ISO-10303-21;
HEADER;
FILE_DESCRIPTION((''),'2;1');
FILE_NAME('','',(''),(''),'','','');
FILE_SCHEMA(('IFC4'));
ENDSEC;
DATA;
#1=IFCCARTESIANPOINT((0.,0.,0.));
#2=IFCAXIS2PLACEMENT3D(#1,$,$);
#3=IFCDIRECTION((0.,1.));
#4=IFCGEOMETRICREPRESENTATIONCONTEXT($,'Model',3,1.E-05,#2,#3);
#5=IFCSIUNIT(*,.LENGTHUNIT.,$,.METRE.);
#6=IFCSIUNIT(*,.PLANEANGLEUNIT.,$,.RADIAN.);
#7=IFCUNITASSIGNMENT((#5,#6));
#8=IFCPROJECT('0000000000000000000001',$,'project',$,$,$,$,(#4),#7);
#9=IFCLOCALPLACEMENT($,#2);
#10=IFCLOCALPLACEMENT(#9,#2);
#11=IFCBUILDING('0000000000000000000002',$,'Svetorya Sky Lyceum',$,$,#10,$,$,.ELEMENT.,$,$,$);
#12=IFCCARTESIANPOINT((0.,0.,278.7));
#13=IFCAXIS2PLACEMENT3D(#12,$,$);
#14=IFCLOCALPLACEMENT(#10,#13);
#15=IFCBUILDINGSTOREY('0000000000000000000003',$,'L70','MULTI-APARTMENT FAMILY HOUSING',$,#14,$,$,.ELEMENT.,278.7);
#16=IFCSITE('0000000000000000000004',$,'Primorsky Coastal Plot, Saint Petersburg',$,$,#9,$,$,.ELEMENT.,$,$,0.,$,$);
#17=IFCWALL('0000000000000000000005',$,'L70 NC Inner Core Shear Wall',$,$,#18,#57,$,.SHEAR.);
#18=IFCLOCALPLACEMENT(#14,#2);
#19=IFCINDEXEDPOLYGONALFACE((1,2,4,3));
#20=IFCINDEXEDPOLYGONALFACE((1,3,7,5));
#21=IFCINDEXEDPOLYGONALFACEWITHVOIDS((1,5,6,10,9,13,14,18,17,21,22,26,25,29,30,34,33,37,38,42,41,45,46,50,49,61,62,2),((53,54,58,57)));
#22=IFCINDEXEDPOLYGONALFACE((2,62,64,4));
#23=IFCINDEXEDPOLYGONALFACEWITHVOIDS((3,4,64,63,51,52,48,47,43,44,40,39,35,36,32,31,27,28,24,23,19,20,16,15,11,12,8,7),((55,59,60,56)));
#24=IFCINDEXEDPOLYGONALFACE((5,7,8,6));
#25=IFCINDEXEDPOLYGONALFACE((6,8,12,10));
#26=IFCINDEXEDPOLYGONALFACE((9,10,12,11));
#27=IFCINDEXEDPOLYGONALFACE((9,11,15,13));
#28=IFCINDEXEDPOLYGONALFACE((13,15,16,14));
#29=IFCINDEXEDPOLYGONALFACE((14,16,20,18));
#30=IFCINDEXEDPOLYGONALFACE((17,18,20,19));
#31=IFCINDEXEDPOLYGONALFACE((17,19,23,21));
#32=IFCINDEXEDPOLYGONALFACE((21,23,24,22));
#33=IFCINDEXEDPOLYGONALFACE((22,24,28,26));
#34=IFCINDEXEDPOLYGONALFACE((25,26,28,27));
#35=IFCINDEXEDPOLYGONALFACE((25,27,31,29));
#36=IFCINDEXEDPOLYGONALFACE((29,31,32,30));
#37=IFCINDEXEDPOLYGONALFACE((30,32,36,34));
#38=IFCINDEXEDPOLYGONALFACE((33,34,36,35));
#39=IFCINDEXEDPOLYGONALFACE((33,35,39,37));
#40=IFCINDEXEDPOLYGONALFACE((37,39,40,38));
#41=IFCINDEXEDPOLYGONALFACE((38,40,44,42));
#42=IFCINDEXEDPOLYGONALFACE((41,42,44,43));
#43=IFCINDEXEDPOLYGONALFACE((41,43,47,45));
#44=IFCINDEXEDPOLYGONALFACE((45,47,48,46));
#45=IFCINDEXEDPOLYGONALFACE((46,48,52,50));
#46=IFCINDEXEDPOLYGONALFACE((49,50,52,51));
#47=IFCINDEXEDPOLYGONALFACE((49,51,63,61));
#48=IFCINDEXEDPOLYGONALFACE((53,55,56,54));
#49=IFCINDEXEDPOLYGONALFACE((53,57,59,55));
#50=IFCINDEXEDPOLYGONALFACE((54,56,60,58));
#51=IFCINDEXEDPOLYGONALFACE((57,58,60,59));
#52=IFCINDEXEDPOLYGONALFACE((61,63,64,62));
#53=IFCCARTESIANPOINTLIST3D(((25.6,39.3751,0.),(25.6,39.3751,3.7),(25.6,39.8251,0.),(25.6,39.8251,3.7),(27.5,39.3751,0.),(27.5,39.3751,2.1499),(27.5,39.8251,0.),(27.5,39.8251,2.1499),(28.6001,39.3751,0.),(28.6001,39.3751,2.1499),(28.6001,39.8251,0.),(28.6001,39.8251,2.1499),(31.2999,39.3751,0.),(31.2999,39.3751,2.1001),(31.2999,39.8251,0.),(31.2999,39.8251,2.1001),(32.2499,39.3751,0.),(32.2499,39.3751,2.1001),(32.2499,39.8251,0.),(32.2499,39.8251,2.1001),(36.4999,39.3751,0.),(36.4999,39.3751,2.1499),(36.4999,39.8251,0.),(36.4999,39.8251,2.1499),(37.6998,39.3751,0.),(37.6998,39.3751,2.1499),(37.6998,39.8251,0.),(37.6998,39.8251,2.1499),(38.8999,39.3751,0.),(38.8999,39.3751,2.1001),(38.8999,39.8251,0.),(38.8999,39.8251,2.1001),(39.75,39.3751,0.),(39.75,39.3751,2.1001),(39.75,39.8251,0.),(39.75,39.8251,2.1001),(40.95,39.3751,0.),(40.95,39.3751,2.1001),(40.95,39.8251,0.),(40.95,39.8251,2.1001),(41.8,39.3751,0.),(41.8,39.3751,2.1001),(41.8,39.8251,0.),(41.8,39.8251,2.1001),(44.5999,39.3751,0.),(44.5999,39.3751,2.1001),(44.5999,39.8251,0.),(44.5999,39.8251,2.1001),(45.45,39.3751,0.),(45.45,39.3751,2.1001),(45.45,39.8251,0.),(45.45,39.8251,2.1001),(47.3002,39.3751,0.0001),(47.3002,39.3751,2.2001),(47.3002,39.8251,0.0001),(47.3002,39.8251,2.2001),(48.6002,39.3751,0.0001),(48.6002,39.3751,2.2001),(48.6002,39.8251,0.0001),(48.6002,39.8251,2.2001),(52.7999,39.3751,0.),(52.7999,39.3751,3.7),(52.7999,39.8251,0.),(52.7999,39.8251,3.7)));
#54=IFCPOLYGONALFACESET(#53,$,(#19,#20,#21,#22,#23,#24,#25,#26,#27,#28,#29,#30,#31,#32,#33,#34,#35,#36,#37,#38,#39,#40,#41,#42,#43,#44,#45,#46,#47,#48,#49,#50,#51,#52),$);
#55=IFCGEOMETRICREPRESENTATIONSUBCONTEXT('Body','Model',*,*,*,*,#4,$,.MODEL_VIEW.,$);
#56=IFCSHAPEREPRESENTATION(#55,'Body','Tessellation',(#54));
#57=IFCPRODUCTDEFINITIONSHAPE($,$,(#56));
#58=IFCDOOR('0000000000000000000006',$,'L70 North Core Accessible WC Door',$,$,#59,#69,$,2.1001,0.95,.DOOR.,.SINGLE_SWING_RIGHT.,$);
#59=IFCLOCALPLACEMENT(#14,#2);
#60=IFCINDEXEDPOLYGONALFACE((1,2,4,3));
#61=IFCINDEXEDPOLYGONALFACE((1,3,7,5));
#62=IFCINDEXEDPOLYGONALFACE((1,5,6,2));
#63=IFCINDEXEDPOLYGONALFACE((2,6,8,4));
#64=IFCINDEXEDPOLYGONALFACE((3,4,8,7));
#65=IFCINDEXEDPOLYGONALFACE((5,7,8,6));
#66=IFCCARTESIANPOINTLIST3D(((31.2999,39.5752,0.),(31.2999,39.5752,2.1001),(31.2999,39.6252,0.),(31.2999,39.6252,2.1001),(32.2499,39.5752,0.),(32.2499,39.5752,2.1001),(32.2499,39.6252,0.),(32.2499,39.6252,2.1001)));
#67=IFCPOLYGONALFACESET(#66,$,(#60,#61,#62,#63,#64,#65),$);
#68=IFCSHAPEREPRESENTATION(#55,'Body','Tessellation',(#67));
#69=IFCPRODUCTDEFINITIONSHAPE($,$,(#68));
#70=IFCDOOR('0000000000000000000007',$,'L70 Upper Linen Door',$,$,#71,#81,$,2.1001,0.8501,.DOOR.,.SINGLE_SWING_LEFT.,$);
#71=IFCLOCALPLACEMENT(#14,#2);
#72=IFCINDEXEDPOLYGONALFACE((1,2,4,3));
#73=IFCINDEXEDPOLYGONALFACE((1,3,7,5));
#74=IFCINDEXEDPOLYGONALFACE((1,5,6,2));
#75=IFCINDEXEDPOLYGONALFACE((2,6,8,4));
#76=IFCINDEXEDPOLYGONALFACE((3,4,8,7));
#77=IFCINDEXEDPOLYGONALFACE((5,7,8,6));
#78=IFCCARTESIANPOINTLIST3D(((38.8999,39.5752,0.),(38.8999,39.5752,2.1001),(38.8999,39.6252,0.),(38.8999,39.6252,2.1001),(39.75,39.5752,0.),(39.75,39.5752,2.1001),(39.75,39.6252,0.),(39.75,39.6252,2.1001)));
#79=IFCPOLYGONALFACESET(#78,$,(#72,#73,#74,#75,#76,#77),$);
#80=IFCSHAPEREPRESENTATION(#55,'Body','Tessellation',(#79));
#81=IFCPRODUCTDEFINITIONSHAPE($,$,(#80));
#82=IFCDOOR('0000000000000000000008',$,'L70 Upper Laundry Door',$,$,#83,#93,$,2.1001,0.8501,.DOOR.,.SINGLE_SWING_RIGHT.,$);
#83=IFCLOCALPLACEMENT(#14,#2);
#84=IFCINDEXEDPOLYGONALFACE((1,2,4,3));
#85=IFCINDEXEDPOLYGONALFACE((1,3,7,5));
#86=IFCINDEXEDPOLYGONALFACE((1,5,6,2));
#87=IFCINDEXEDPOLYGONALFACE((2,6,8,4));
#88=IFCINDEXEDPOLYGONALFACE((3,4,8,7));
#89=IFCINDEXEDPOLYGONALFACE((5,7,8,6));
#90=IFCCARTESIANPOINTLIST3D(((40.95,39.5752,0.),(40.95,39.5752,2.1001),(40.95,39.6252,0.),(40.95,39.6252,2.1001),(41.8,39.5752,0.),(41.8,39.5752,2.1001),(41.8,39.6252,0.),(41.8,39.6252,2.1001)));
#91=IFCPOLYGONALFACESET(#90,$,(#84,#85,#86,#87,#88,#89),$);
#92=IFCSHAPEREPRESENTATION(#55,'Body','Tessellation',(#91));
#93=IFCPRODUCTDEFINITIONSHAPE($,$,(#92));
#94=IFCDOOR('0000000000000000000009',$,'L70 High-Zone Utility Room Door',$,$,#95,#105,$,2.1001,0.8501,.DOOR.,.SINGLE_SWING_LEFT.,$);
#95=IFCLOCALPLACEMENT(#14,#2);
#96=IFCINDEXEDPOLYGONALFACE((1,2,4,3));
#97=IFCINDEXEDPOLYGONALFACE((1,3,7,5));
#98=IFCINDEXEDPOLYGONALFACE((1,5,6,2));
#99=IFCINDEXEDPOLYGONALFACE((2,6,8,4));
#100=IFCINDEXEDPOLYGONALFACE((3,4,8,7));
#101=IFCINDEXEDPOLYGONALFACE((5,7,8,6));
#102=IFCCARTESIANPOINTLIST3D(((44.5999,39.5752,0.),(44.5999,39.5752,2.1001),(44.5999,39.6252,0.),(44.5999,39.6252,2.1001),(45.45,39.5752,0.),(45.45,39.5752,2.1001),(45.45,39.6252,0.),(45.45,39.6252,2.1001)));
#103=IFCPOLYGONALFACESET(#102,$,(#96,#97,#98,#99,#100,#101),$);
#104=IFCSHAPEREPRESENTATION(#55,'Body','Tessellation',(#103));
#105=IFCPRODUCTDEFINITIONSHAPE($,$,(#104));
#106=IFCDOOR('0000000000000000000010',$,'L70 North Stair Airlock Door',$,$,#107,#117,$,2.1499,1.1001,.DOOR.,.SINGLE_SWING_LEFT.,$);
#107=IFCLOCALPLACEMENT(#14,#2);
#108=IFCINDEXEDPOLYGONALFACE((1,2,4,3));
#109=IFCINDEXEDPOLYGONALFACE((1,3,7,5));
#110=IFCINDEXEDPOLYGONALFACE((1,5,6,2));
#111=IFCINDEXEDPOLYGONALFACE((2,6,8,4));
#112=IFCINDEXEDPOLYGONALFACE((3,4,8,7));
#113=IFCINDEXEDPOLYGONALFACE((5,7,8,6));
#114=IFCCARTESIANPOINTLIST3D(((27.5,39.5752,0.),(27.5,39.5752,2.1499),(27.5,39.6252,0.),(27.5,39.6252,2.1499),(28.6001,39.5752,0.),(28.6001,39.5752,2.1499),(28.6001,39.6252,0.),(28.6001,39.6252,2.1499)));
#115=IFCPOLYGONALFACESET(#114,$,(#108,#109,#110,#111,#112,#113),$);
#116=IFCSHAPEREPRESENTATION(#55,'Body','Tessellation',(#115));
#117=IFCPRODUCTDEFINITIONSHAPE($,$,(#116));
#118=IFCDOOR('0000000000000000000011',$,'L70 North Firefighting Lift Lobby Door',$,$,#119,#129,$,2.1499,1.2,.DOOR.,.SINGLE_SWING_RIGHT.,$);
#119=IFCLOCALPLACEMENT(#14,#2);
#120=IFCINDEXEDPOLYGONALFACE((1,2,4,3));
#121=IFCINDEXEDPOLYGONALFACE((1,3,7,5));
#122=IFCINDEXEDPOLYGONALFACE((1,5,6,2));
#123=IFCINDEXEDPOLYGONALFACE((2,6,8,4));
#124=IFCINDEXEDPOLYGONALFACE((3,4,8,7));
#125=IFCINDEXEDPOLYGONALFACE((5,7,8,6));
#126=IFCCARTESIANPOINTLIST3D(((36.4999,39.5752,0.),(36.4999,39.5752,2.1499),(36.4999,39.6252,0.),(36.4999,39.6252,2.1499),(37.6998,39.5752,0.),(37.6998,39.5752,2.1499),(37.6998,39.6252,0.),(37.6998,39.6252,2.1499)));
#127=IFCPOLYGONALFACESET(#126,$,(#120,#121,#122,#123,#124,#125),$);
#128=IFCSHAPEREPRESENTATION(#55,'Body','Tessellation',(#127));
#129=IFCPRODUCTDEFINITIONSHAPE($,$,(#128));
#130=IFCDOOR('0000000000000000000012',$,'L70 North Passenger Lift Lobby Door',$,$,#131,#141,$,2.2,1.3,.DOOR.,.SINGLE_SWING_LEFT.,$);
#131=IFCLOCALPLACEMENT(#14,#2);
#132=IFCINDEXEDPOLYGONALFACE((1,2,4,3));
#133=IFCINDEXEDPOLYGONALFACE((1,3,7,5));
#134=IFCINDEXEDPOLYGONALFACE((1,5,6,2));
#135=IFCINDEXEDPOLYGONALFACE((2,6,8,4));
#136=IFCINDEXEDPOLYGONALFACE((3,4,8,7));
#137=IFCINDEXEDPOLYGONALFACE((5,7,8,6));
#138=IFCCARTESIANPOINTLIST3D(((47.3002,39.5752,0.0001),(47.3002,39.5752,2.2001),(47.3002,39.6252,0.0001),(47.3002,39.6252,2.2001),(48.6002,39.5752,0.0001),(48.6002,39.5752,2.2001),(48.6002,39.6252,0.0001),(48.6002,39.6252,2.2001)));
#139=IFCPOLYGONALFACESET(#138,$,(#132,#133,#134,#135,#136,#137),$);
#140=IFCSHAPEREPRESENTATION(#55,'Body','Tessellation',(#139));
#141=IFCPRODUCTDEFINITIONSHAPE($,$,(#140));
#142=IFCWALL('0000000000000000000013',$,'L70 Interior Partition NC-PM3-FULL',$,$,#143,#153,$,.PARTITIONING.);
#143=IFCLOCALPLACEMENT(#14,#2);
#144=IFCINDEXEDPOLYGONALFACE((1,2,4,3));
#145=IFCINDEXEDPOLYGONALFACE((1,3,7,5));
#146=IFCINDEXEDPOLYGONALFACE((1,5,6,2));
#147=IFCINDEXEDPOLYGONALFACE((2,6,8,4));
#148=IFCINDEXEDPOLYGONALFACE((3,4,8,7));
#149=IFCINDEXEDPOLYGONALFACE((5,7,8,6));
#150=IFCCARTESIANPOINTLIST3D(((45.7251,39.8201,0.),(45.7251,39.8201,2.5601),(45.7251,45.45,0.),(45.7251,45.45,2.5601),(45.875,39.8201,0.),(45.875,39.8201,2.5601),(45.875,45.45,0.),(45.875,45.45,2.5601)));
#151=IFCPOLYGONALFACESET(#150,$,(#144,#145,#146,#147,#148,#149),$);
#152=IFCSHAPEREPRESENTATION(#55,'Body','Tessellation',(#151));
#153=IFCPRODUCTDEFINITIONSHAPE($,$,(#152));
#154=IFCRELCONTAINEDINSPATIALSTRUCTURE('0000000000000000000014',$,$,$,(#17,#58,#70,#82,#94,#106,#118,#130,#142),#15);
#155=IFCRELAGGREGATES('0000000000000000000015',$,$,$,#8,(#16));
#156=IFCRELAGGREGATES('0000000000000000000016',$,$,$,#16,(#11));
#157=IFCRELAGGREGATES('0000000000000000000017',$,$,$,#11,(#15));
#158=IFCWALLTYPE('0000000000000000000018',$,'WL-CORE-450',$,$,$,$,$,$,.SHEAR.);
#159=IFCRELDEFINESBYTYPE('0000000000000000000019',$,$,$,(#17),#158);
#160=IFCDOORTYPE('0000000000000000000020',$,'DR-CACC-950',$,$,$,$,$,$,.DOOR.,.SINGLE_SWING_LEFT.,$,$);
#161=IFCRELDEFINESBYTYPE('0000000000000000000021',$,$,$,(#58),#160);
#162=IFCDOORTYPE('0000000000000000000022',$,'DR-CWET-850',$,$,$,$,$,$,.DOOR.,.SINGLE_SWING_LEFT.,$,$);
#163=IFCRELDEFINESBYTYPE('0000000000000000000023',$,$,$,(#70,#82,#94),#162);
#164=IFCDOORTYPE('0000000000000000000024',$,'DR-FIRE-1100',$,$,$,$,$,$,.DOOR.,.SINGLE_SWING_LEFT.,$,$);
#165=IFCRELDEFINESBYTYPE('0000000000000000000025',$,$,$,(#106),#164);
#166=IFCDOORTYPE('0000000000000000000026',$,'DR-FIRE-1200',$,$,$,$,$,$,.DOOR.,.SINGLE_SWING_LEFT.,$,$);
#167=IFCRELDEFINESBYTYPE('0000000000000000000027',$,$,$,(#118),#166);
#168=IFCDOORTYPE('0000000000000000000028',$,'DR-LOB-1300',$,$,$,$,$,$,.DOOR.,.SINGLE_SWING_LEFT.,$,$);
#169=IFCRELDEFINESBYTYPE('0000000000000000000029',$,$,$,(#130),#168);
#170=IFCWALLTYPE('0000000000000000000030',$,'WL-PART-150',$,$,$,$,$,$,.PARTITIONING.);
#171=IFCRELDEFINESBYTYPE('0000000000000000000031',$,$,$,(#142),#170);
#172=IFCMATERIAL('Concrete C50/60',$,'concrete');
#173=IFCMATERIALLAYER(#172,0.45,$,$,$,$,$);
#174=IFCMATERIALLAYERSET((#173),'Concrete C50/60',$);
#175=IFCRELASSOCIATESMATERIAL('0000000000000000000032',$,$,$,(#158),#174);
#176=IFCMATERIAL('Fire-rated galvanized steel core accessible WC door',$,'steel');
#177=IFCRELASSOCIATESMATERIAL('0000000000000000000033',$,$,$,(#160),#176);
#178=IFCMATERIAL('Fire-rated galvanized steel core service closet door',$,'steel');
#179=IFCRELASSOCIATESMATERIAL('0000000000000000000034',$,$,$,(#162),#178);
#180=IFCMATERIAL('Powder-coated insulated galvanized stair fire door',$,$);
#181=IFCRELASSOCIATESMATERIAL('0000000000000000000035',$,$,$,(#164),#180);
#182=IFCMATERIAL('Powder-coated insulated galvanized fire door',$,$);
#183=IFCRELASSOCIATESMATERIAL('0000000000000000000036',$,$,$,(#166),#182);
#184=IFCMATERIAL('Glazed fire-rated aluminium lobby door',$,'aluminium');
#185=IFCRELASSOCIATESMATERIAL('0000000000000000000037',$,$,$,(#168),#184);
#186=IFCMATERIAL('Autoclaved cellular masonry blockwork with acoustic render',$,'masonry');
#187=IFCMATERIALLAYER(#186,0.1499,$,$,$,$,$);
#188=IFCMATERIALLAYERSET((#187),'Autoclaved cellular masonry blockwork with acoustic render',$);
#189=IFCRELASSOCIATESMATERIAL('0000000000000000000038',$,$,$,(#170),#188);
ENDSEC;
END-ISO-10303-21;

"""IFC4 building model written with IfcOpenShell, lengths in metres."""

from ifc_helpers import new_model, si_unit, direction, frame, frame_2d, origin, place, context, subcontext, project, spatial, rectangle, extrude, material, layer, layer_set, type_object, element, fill, save


model = new_model("IFC4")

# Units and contexts
model_context = context("Model", 3, precision=1e-05, world=origin(), true_north=direction((0.0, 1.0)))
body_context = subcontext(model_context, "Body", "Model", "MODEL_VIEW")
ifc_project = project(units=[si_unit("LENGTHUNIT", "METRE"), si_unit("PLANEANGLEUNIT", "RADIAN")], contexts=[model_context])

# Site, building, storey
site_placement = place(None, origin())
site = spatial("IfcSite", under=ifc_project, at=site_placement, Name="Primorsky Coastal Plot, Saint Petersburg", CompositionType="ELEMENT", RefElevation=0.0)
building_placement = place(site_placement, origin())
building = spatial("IfcBuilding", under=site, at=building_placement, Name="Svetorya Sky Lyceum", CompositionType="ELEMENT")
storey_placement = place(building_placement, frame((0.0, 0.0, 278.7)))
storey = spatial("IfcBuildingStorey", under=building, at=storey_placement, Name="L70", Description="MULTI-APARTMENT FAMILY HOUSING", CompositionType="ELEMENT", Elevation=278.7)

# Wall, openings, doors
ifc_material_1 = material(Name="Concrete C50/60", Category="concrete")
ifc_layer_1 = layer(ifc_material_1, 0.45)
ifc_layer_set_1 = layer_set([ifc_layer_1], Name="Concrete C50/60")
wall_type_1 = type_object("IfcWallType", Name="WL-CORE-450", PredefinedType="SHEAR", material=ifc_layer_set_1)
wall_1_placement = place(storey_placement, frame((52.8, 39.6001, 0.0), z_axis=(0.0, 0.0, 1.0), x_axis=(-1.0, 0.0, 0.0)))
wall_1 = element("IfcWall", 1, at=wall_1_placement, inside=storey, type_object=wall_type_1, Name="L70 NC Inner Core Shear Wall", PredefinedType="SHEAR", context=body_context, shape_type="SweptSolid", body=[
    extrude(rectangle(XDim=27.2, YDim=0.45, at=frame_2d((13.6001, 0.0))), origin(), (0.0, 0.0, 1.0), 3.7),
])
opening_1_placement = place(wall_1_placement, frame((24.2, 0.0, 0.0)))
opening_1 = element("IfcOpeningElement", 2, at=opening_1_placement, cuts=wall_1, PredefinedType="OPENING", context=body_context, shape_type="SweptSolid", body=[
    extrude(rectangle(XDim=1.1001, YDim=2.1499, at=frame_2d((0.55, 1.075))), frame((0.0, 0.2349, 0.0), z_axis=(0.0, -1.0, 0.0), x_axis=(1.0, 0.0, 0.0)), (0.0, 0.0, 1.0), 0.47),
])
opening_2_placement = place(wall_1_placement, frame((20.55, 0.0, 0.0)))
opening_2 = element("IfcOpeningElement", 3, at=opening_2_placement, cuts=wall_1, PredefinedType="OPENING", context=body_context, shape_type="SweptSolid", body=[
    extrude(rectangle(XDim=0.95, YDim=2.1001, at=frame_2d((0.4751, 1.05))), frame((0.0, 0.2349, 0.0), z_axis=(0.0, -1.0, 0.0), x_axis=(1.0, 0.0, 0.0)), (0.0, 0.0, 1.0), 0.47),
])
opening_3_placement = place(wall_1_placement, frame((15.1001, 0.0, 0.0)))
opening_3 = element("IfcOpeningElement", 4, at=opening_3_placement, cuts=wall_1, PredefinedType="OPENING", context=body_context, shape_type="SweptSolid", body=[
    extrude(rectangle(XDim=1.2, YDim=2.1499, at=frame_2d((0.6001, 1.075))), frame((0.0, 0.2349, 0.0), z_axis=(0.0, -1.0, 0.0), x_axis=(1.0, 0.0, 0.0)), (0.0, 0.0, 1.0), 0.47),
])
opening_4_placement = place(wall_1_placement, frame((13.05, 0.0, 0.0)))
opening_4 = element("IfcOpeningElement", 5, at=opening_4_placement, cuts=wall_1, PredefinedType="OPENING", context=body_context, shape_type="SweptSolid", body=[
    extrude(rectangle(XDim=0.8501, YDim=2.1001, at=frame_2d((0.425, 1.05))), frame((0.0, 0.2349, 0.0), z_axis=(0.0, -1.0, 0.0), x_axis=(1.0, 0.0, 0.0)), (0.0, 0.0, 1.0), 0.47),
])
opening_5_placement = place(wall_1_placement, frame((11.0, 0.0, 0.0)))
opening_5 = element("IfcOpeningElement", 6, at=opening_5_placement, cuts=wall_1, PredefinedType="OPENING", context=body_context, shape_type="SweptSolid", body=[
    extrude(rectangle(XDim=0.8501, YDim=2.1001, at=frame_2d((0.425, 1.05))), frame((0.0, 0.2349, 0.0), z_axis=(0.0, -1.0, 0.0), x_axis=(1.0, 0.0, 0.0)), (0.0, 0.0, 1.0), 0.47),
])
opening_6_placement = place(wall_1_placement, frame((7.3501, 0.0, 0.0)))
opening_6 = element("IfcOpeningElement", 7, at=opening_6_placement, cuts=wall_1, PredefinedType="OPENING", context=body_context, shape_type="SweptSolid", body=[
    extrude(rectangle(XDim=0.8501, YDim=2.1001, at=frame_2d((0.425, 1.05))), frame((0.0, 0.2349, 0.0), z_axis=(0.0, -1.0, 0.0), x_axis=(1.0, 0.0, 0.0)), (0.0, 0.0, 1.0), 0.47),
])
opening_7_placement = place(wall_1_placement, frame((4.2, 0.0, 0.0)))
opening_7 = element("IfcOpeningElement", 8, at=opening_7_placement, cuts=wall_1, PredefinedType="OPENING", context=body_context, shape_type="SweptSolid", body=[
    extrude(rectangle(XDim=1.3, YDim=2.2, at=frame_2d((0.6499, 1.1001))), frame((0.0, 0.2349, 0.0), z_axis=(0.0, -1.0, 0.0), x_axis=(1.0, 0.0, 0.0)), (0.0, 0.0, 1.0), 0.47),
])
ifc_material_2 = material(Name="Fire-rated galvanized steel core accessible WC door", Category="steel")
door_type_1 = type_object("IfcDoorType", Name="DR-CACC-950", OperationType="SINGLE_SWING_LEFT", PredefinedType="DOOR", material=ifc_material_2)
door_1_placement = place(opening_2_placement, origin())
door_1 = element("IfcDoor", 9, at=door_1_placement, inside=storey, type_object=door_type_1, Name="L70 North Core Accessible WC Door", OperationType="SINGLE_SWING_RIGHT", OverallHeight=2.1001, OverallWidth=0.95, PredefinedType="DOOR", context=body_context, shape_type="SweptSolid", body=[
    extrude(rectangle(XDim=0.95, YDim=2.1001, at=frame_2d((0.4751, 1.05))), frame((0.0, 0.0249, 0.0), z_axis=(0.0, -1.0, 0.0), x_axis=(1.0, 0.0, 0.0)), (0.0, 0.0, 1.0), 0.05),
])
fill(opening_2, door_1)
ifc_material_3 = material(Name="Fire-rated galvanized steel core service closet door", Category="steel")
door_type_2 = type_object("IfcDoorType", Name="DR-CWET-850", OperationType="SINGLE_SWING_LEFT", PredefinedType="DOOR", material=ifc_material_3)
door_2_placement = place(opening_4_placement, origin())
door_2 = element("IfcDoor", 10, at=door_2_placement, inside=storey, type_object=door_type_2, Name="L70 Upper Linen Door", OperationType="SINGLE_SWING_LEFT", OverallHeight=2.1001, OverallWidth=0.8501, PredefinedType="DOOR", context=body_context, shape_type="SweptSolid", body=[
    extrude(rectangle(XDim=0.8501, YDim=2.1001, at=frame_2d((0.425, 1.05))), frame((0.0, 0.0249, 0.0), z_axis=(0.0, -1.0, 0.0), x_axis=(1.0, 0.0, 0.0)), (0.0, 0.0, 1.0), 0.05),
])
fill(opening_4, door_2)
door_3_placement = place(opening_5_placement, origin())
door_3 = element("IfcDoor", 11, at=door_3_placement, inside=storey, type_object=door_type_2, Name="L70 Upper Laundry Door", OperationType="SINGLE_SWING_RIGHT", OverallHeight=2.1001, OverallWidth=0.8501, PredefinedType="DOOR", context=body_context, shape_type="SweptSolid", body=[
    extrude(rectangle(XDim=0.8501, YDim=2.1001, at=frame_2d((0.425, 1.05))), frame((0.0, 0.0249, 0.0), z_axis=(0.0, -1.0, 0.0), x_axis=(1.0, 0.0, 0.0)), (0.0, 0.0, 1.0), 0.05),
])
fill(opening_5, door_3)
door_4_placement = place(opening_6_placement, origin())
door_4 = element("IfcDoor", 12, at=door_4_placement, inside=storey, type_object=door_type_2, Name="L70 High-Zone Utility Room Door", OperationType="SINGLE_SWING_LEFT", OverallHeight=2.1001, OverallWidth=0.8501, PredefinedType="DOOR", context=body_context, shape_type="SweptSolid", body=[
    extrude(rectangle(XDim=0.8501, YDim=2.1001, at=frame_2d((0.425, 1.05))), frame((0.0, 0.0249, 0.0), z_axis=(0.0, -1.0, 0.0), x_axis=(1.0, 0.0, 0.0)), (0.0, 0.0, 1.0), 0.05),
])
fill(opening_6, door_4)
ifc_material_4 = material(Name="Powder-coated insulated galvanized stair fire door")
door_type_3 = type_object("IfcDoorType", Name="DR-FIRE-1100", OperationType="SINGLE_SWING_LEFT", PredefinedType="DOOR", material=ifc_material_4)
door_5_placement = place(opening_1_placement, origin())
door_5 = element("IfcDoor", 13, at=door_5_placement, inside=storey, type_object=door_type_3, Name="L70 North Stair Airlock Door", OperationType="SINGLE_SWING_LEFT", OverallHeight=2.1499, OverallWidth=1.1001, PredefinedType="DOOR", context=body_context, shape_type="SweptSolid", body=[
    extrude(rectangle(XDim=1.1001, YDim=2.1499, at=frame_2d((0.55, 1.075))), frame((0.0, 0.0249, 0.0), z_axis=(0.0, -1.0, 0.0), x_axis=(1.0, 0.0, 0.0)), (0.0, 0.0, 1.0), 0.05),
])
fill(opening_1, door_5)
ifc_material_5 = material(Name="Powder-coated insulated galvanized fire door")
door_type_4 = type_object("IfcDoorType", Name="DR-FIRE-1200", OperationType="SINGLE_SWING_LEFT", PredefinedType="DOOR", material=ifc_material_5)
door_6_placement = place(opening_3_placement, origin())
door_6 = element("IfcDoor", 14, at=door_6_placement, inside=storey, type_object=door_type_4, Name="L70 North Firefighting Lift Lobby Door", OperationType="SINGLE_SWING_RIGHT", OverallHeight=2.1499, OverallWidth=1.2, PredefinedType="DOOR", context=body_context, shape_type="SweptSolid", body=[
    extrude(rectangle(XDim=1.2, YDim=2.1499, at=frame_2d((0.6001, 1.075))), frame((0.0, 0.0249, 0.0), z_axis=(0.0, -1.0, 0.0), x_axis=(1.0, 0.0, 0.0)), (0.0, 0.0, 1.0), 0.05),
])
fill(opening_3, door_6)
ifc_material_6 = material(Name="Glazed fire-rated aluminium lobby door", Category="aluminium")
door_type_5 = type_object("IfcDoorType", Name="DR-LOB-1300", OperationType="SINGLE_SWING_LEFT", PredefinedType="DOOR", material=ifc_material_6)
door_7_placement = place(opening_7_placement, origin())
door_7 = element("IfcDoor", 15, at=door_7_placement, inside=storey, type_object=door_type_5, Name="L70 North Passenger Lift Lobby Door", OperationType="SINGLE_SWING_LEFT", OverallHeight=2.2, OverallWidth=1.3, PredefinedType="DOOR", context=body_context, shape_type="SweptSolid", body=[
    extrude(rectangle(XDim=1.3, YDim=2.2, at=frame_2d((0.6499, 1.1001))), frame((0.0, 0.0249, 0.0), z_axis=(0.0, -1.0, 0.0), x_axis=(1.0, 0.0, 0.0)), (0.0, 0.0, 1.0), 0.05),
])
fill(opening_7, door_7)

# Wall
ifc_material_7 = material(Name="Autoclaved cellular masonry blockwork with acoustic render", Category="masonry")
ifc_layer_2 = layer(ifc_material_7, 0.1499)
ifc_layer_set_2 = layer_set([ifc_layer_2], Name="Autoclaved cellular masonry blockwork with acoustic render")
wall_type_2 = type_object("IfcWallType", Name="WL-PART-150", PredefinedType="PARTITIONING", material=ifc_layer_set_2)
wall_2_placement = place(storey_placement, frame((45.8, 39.8201, 0.0), z_axis=(0.0, 0.0, 1.0), x_axis=(0.0, 1.0, 0.0)))
element("IfcWall", 16, at=wall_2_placement, inside=storey, type_object=wall_type_2, Name="L70 Interior Partition NC-PM3-FULL", PredefinedType="PARTITIONING", context=body_context, shape_type="SweptSolid", body=[
    extrude(rectangle(XDim=5.6299, YDim=0.1499, at=frame_2d((2.8149, 0.0))), origin(), (0.0, 0.0, 1.0), 2.5601),
])

save(model, "model.ifc")
